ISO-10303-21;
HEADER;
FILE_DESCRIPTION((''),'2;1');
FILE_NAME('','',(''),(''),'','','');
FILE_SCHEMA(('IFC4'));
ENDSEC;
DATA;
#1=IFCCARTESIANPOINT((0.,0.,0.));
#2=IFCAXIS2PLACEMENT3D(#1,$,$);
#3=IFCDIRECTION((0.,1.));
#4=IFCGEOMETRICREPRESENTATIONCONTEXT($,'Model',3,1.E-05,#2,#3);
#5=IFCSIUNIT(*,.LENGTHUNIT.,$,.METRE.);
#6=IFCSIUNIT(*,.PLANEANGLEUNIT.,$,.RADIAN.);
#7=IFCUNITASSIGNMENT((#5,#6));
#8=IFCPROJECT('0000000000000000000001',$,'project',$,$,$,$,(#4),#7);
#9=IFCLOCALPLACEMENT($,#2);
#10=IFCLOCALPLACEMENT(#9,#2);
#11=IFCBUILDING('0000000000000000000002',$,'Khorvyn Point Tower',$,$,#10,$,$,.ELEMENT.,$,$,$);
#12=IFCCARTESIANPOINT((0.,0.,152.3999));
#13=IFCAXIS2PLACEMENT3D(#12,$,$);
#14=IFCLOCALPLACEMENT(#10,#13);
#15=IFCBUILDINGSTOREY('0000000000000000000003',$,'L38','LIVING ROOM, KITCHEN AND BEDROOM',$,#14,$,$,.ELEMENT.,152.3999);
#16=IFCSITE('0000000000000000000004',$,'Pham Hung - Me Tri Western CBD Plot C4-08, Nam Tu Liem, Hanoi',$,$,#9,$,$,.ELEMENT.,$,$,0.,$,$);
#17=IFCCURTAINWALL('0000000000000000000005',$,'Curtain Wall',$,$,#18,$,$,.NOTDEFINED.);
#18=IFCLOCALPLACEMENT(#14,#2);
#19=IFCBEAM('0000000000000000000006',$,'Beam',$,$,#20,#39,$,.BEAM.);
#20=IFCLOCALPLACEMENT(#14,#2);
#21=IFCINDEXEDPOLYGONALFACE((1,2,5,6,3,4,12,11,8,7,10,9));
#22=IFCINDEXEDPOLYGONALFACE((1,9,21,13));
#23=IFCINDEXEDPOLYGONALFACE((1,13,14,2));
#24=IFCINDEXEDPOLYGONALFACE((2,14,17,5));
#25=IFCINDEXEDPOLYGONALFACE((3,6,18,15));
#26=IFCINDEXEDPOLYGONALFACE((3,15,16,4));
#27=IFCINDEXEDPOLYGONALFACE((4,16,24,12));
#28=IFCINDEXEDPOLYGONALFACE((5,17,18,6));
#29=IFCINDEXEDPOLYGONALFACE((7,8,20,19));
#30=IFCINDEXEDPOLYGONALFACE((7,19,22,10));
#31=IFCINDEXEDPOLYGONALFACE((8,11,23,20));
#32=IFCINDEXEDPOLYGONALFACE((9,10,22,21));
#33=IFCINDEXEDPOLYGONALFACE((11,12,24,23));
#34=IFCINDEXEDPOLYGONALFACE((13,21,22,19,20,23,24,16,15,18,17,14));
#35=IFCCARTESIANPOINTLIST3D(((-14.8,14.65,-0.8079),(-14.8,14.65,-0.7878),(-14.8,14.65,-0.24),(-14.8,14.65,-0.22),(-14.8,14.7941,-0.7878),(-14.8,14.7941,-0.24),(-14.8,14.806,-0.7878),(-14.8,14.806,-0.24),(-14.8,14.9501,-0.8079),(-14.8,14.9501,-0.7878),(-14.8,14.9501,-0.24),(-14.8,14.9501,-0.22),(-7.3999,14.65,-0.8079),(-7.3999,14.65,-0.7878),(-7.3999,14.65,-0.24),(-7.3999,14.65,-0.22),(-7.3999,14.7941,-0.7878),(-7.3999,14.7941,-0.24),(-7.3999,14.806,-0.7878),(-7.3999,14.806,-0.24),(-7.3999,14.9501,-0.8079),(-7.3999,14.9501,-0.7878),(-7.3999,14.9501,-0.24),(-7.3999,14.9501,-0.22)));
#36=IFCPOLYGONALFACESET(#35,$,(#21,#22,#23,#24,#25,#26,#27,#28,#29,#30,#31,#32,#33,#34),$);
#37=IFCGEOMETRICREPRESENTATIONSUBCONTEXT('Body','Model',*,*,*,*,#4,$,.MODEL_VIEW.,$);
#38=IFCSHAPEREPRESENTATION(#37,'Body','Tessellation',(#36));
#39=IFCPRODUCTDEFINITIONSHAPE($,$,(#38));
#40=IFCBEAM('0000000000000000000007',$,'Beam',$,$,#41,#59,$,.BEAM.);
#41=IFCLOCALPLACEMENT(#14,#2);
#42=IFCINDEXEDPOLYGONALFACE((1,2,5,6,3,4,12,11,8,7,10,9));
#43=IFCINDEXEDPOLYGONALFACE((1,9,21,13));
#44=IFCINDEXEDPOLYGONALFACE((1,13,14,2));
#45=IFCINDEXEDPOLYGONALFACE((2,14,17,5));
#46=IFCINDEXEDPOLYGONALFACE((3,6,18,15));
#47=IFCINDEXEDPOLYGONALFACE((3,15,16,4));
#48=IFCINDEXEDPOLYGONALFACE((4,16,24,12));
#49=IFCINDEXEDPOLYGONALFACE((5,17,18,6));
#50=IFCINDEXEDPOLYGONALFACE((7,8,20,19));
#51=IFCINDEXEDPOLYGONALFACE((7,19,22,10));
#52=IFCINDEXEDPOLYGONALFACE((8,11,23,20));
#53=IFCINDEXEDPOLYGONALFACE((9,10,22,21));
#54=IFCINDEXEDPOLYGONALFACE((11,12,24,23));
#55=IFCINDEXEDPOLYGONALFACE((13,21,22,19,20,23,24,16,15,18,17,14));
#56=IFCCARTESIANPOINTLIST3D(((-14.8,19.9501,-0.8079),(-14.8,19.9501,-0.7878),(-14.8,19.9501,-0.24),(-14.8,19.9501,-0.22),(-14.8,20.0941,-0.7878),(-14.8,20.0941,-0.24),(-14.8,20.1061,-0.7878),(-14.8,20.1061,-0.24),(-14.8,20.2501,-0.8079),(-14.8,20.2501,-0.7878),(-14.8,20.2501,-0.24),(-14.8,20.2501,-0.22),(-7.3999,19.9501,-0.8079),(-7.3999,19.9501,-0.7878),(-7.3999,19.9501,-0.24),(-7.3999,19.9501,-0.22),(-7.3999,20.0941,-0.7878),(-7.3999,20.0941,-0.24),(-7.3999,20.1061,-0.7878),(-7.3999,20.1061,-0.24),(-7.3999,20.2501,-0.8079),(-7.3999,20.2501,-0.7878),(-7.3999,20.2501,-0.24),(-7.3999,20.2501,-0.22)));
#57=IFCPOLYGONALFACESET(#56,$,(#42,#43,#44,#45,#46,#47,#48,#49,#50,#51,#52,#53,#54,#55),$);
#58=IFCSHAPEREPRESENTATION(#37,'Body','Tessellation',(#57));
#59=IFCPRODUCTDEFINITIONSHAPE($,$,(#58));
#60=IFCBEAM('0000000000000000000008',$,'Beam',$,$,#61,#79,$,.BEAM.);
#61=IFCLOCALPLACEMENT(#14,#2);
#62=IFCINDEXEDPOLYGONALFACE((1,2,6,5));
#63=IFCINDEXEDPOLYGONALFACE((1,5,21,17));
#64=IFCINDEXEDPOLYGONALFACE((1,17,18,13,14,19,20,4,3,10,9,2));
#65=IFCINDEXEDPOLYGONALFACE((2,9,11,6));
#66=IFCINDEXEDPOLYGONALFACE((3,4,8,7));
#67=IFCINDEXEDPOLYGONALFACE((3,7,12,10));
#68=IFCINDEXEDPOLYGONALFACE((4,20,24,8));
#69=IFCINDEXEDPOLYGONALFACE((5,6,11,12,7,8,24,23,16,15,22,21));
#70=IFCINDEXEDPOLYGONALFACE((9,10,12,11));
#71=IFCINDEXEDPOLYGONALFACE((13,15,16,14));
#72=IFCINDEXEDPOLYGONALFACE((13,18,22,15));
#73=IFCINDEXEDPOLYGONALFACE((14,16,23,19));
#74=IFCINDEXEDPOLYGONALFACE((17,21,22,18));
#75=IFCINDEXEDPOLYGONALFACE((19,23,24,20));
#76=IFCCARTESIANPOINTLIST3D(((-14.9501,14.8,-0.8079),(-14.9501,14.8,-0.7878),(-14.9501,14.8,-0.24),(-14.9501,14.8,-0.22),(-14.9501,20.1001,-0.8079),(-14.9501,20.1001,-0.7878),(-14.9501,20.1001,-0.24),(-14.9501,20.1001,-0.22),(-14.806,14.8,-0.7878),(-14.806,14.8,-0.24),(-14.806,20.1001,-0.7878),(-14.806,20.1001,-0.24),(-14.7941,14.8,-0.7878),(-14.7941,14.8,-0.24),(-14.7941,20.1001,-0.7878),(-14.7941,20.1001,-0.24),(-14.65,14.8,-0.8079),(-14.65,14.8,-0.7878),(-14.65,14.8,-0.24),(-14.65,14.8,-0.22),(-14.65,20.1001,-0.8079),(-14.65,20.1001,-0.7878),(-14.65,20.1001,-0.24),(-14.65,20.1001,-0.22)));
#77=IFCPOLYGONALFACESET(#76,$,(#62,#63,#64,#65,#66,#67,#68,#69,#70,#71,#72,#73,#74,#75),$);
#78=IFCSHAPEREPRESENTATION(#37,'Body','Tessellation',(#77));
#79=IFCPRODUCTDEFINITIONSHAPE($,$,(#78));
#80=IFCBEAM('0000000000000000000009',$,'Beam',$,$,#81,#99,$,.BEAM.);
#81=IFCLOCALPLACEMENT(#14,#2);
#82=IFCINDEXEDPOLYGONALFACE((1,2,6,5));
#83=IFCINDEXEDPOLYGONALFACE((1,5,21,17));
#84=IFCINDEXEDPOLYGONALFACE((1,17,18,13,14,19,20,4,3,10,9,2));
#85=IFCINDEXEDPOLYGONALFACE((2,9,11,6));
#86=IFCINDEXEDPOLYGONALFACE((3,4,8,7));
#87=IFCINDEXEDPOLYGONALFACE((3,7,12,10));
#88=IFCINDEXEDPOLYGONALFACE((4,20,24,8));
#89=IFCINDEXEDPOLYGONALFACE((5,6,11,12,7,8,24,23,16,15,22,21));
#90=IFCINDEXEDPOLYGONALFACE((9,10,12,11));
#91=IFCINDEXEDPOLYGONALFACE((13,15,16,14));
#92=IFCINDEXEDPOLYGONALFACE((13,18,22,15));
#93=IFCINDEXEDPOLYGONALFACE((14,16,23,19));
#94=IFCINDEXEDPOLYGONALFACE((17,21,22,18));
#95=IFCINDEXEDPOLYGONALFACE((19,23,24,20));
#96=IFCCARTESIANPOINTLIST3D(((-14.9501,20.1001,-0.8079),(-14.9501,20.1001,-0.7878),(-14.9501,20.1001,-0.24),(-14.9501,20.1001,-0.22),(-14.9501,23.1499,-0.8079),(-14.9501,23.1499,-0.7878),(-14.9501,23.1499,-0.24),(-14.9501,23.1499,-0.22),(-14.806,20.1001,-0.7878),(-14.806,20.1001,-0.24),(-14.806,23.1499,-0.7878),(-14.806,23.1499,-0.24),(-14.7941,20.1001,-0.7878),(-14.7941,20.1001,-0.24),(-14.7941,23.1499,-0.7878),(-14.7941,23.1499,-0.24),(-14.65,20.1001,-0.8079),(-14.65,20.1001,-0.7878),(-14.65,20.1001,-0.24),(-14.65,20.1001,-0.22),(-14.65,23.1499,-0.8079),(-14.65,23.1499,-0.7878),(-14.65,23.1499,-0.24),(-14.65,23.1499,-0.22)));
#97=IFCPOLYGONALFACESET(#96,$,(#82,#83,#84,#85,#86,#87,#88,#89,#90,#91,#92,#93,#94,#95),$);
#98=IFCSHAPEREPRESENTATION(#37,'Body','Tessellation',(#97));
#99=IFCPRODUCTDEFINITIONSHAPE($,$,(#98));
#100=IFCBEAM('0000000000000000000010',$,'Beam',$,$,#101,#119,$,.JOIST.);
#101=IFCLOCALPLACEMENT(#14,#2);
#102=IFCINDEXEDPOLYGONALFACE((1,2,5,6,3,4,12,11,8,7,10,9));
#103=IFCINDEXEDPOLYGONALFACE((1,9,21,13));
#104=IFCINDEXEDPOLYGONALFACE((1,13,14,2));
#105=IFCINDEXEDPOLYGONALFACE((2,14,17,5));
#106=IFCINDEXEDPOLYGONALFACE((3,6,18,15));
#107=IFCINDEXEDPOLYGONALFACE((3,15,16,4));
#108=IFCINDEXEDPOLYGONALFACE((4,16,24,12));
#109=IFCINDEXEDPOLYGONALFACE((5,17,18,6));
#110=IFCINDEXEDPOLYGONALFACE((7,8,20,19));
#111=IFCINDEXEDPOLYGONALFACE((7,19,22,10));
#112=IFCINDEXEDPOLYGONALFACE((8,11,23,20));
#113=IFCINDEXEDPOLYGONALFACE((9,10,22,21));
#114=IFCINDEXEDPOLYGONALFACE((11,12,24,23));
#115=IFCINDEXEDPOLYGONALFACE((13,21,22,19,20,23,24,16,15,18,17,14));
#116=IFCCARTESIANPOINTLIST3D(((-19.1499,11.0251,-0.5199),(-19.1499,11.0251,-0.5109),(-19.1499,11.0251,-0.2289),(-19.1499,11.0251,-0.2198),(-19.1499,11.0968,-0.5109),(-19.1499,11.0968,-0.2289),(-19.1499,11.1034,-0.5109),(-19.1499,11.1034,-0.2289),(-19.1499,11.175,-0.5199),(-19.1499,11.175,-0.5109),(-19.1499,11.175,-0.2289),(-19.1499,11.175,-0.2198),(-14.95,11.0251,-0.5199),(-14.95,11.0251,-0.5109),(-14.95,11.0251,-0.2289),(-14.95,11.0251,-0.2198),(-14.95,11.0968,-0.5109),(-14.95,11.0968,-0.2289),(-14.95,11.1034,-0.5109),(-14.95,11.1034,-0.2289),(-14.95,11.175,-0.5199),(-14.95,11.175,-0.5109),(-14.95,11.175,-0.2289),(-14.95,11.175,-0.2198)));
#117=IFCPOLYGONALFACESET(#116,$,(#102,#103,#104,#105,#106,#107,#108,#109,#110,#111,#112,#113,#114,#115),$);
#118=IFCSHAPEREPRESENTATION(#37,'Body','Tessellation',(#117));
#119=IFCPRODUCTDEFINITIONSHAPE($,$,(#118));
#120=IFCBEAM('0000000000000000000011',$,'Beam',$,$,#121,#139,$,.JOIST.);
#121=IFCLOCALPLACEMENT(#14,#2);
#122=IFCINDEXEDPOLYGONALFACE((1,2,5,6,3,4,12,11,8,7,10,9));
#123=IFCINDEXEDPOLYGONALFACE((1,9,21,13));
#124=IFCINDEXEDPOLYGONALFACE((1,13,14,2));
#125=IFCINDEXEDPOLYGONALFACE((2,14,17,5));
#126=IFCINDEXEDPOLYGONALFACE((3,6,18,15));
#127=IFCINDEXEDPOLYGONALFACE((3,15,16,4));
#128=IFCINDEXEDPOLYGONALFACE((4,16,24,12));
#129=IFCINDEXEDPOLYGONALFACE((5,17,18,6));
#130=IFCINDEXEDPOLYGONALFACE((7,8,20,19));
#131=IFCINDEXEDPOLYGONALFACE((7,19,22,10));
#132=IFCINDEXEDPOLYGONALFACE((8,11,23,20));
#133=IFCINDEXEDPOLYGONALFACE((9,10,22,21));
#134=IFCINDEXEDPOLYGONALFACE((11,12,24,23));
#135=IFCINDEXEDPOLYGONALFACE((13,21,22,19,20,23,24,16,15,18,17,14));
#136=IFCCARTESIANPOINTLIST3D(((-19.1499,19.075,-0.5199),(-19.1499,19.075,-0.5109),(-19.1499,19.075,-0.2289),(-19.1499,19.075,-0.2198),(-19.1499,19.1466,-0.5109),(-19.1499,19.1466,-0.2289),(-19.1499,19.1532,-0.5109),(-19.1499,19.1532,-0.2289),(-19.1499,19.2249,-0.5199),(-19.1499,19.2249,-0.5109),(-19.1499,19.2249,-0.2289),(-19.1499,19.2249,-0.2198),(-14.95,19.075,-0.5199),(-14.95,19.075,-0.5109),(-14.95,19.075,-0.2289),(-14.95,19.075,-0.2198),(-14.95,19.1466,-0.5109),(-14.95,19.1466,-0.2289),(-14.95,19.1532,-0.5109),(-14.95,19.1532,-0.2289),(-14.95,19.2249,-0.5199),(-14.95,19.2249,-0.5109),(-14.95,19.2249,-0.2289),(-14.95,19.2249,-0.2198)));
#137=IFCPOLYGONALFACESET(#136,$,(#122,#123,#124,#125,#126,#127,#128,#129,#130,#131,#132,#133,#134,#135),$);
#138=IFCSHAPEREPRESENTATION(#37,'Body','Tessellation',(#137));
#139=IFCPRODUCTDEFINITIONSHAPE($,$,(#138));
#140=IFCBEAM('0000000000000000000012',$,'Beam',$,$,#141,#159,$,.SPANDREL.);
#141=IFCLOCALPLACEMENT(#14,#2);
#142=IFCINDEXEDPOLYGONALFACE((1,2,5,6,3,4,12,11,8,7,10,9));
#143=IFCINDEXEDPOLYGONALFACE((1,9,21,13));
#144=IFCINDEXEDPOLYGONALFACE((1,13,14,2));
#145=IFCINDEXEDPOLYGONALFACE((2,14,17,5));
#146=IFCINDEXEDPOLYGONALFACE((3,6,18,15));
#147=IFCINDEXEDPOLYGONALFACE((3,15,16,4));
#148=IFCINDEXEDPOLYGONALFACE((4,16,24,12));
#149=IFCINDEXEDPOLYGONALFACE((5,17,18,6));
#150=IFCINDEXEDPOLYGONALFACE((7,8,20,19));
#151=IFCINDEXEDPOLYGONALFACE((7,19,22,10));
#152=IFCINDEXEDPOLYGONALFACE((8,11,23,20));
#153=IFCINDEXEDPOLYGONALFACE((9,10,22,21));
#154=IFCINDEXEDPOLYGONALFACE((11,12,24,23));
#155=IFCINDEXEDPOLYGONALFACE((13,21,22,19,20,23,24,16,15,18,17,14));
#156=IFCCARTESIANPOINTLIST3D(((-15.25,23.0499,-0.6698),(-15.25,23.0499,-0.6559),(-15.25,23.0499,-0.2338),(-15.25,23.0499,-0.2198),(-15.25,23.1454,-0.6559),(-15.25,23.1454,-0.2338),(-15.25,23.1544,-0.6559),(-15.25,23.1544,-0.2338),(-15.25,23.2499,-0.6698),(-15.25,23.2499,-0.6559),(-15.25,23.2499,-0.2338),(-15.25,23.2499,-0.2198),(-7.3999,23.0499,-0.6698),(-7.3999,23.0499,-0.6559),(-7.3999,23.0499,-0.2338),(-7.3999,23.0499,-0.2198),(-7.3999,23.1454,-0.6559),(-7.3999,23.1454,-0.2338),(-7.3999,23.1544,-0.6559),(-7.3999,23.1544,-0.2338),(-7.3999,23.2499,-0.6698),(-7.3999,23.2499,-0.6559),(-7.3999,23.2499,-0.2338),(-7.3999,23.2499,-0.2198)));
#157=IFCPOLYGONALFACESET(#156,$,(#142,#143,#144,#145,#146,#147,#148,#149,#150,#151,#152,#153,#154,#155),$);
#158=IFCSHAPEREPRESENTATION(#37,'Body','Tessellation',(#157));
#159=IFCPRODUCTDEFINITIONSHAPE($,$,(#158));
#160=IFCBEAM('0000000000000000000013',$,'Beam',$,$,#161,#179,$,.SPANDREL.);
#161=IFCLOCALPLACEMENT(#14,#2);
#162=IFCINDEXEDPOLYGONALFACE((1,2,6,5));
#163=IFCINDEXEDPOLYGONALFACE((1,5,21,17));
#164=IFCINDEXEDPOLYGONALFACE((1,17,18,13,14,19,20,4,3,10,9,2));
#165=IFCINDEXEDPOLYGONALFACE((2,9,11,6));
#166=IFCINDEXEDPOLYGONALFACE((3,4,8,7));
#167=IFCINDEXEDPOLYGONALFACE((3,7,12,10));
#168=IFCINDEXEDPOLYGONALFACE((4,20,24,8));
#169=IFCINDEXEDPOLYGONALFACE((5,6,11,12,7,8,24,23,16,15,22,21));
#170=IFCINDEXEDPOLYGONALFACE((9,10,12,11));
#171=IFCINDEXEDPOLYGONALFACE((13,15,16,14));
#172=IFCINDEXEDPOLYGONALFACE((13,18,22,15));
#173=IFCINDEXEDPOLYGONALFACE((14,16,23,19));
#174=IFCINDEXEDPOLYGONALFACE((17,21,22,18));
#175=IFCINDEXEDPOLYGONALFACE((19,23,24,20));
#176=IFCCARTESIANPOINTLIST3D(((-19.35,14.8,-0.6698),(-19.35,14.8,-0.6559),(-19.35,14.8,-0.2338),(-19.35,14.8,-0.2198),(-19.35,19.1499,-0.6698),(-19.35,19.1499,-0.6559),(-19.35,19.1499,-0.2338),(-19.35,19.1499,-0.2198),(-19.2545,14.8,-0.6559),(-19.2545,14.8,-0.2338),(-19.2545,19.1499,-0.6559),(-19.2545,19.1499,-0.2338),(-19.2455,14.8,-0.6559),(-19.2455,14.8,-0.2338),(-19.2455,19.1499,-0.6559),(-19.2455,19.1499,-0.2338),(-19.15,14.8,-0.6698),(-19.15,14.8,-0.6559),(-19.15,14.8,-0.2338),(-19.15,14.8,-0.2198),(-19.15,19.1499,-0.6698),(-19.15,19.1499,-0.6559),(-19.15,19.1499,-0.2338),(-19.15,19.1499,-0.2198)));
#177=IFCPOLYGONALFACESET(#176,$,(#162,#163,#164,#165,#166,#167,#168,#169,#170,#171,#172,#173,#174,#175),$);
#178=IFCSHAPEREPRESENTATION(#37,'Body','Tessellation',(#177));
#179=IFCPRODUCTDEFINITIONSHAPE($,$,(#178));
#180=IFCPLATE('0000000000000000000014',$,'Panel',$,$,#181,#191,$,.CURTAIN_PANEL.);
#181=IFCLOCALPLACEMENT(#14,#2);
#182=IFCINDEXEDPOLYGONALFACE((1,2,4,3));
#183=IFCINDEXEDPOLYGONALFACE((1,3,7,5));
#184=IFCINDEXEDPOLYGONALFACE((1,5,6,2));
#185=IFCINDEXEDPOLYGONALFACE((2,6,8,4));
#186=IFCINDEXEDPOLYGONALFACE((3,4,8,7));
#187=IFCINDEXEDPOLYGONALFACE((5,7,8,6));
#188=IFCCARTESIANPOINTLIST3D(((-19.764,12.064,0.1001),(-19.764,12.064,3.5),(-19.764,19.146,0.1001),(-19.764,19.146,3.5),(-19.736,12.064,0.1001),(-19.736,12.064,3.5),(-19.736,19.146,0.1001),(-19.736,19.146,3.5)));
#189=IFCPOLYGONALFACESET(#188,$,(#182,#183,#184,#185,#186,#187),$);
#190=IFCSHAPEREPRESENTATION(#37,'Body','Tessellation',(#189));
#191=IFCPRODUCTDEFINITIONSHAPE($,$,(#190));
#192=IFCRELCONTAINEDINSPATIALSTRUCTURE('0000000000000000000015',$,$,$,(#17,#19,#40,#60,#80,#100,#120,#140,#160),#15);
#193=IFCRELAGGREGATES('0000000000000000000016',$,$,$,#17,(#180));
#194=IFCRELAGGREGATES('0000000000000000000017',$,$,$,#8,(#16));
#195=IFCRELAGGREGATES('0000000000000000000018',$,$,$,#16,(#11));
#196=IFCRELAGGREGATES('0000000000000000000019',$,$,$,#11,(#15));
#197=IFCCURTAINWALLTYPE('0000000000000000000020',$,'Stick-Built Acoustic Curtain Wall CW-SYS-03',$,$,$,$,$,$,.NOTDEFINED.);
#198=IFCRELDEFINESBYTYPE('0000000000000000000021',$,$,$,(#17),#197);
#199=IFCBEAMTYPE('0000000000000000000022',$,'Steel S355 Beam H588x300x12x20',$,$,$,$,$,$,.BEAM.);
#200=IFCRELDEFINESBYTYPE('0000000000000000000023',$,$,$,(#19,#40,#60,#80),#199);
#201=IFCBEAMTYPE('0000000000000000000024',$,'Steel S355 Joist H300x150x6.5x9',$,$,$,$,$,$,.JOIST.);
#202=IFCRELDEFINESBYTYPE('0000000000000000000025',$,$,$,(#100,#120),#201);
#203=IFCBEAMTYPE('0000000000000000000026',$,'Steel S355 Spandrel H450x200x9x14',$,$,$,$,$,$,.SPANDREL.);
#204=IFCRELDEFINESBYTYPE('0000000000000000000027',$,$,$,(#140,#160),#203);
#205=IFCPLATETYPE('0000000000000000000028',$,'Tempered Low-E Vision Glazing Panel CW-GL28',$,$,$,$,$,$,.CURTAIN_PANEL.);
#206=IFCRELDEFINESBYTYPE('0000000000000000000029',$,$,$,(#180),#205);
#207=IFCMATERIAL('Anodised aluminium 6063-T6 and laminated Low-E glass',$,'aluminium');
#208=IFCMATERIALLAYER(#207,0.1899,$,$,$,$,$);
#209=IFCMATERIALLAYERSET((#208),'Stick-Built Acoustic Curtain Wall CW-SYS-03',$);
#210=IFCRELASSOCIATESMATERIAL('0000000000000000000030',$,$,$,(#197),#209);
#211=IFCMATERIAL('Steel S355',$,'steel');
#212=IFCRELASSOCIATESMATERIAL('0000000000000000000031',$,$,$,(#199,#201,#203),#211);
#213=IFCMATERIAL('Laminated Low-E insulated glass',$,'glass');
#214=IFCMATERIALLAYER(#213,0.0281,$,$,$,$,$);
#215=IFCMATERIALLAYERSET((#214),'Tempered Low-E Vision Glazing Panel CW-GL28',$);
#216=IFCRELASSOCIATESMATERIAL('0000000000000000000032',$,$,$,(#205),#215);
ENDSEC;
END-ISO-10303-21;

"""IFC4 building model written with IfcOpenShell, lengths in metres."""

from ifc_helpers import new_model, si_unit, direction, frame, origin, origin_2d, place, context, subcontext, project, spatial, rectangle, i_section, extrude, material, layer, layer_set, material_profile, profile_set, type_object, element, aggregate, save


model = new_model("IFC4")

# Units and contexts
model_context = context("Model", 3, precision=1e-05, world=origin(), true_north=direction((0.0, 1.0)))
body_context = subcontext(model_context, "Body", "Model", "MODEL_VIEW")
ifc_project = project(units=[si_unit("LENGTHUNIT", "METRE"), si_unit("PLANEANGLEUNIT", "RADIAN")], contexts=[model_context])

# Site, building, storey
site_placement = place(None, origin())
site = spatial("IfcSite", under=ifc_project, at=site_placement, Name="Pham Hung - Me Tri Western CBD Plot C4-08, Nam Tu Liem, Hanoi", CompositionType="ELEMENT", RefElevation=0.0)
building_placement = place(site_placement, origin())
building = spatial("IfcBuilding", under=site, at=building_placement, Name="Khorvyn Point Tower", CompositionType="ELEMENT")
storey_placement = place(building_placement, frame((0.0, 0.0, 152.3999)))
storey = spatial("IfcBuildingStorey", under=building, at=storey_placement, Name="L38", Description="LIVING ROOM, KITCHEN AND BEDROOM", CompositionType="ELEMENT", Elevation=152.3999)

# Curtain wall
ifc_material_1 = material(Name="Anodised aluminium 6063-T6 and laminated Low-E glass", Category="aluminium")
ifc_layer_1 = layer(ifc_material_1, 0.1899)
ifc_layer_set_1 = layer_set([ifc_layer_1], Name="Stick-Built Acoustic Curtain Wall CW-SYS-03")
curtain_wall_type = type_object("IfcCurtainWallType", Name="Stick-Built Acoustic Curtain Wall CW-SYS-03", PredefinedType="NOTDEFINED", material=ifc_layer_set_1)
curtain_wall_1_placement = place(storey_placement, origin())
curtain_wall_1 = element("IfcCurtainWall", 1, at=curtain_wall_1_placement, inside=storey, type_object=curtain_wall_type, Name="Curtain Wall", PredefinedType="NOTDEFINED")

# Beams
ifc_material_2 = material(Name="Steel S355", Category="steel")
ifc_material_profile_1 = material_profile(ifc_material_2, i_section(OverallWidth=0.3, OverallDepth=0.5879, WebThickness=0.012, FlangeThickness=0.02, at=origin_2d()))
ifc_profile_set_1 = profile_set([ifc_material_profile_1], Name="Steel S355 H588x300x12x20")
beam_type_1 = type_object("IfcBeamType", Name="Steel S355 Beam H588x300x12x20", PredefinedType="BEAM", material=ifc_profile_set_1)
for number, where, z_axis, x_axis, name in (
    (2, (-14.8, 14.8, -0.5139), (1.0, 0.0, 0.0), (0.0, 1.0, 0.0), "Beam"),
    (3, (-14.8, 20.1001, -0.5139), (1.0, 0.0, 0.0), (0.0, 1.0, 0.0), "Beam"),
):
    element("IfcBeam", number, at=place(storey_placement, frame(where, z_axis=z_axis, x_axis=x_axis)), inside=storey, type_object=beam_type_1, Name=name, PredefinedType="BEAM", context=body_context, shape_type="SweptSolid", body=[
        extrude(i_section(OverallWidth=0.3, OverallDepth=0.5879, WebThickness=0.012, FlangeThickness=0.02, at=origin_2d()), origin(), (0.0, 0.0, 1.0), 7.4001),
    ])
beam_1_placement = place(storey_placement, frame((-14.8, 14.8, -0.5139), z_axis=(0.0, 1.0, 0.0), x_axis=(-1.0, 0.0, 0.0)))
element("IfcBeam", 4, at=beam_1_placement, inside=storey, type_object=beam_type_1, Name="Beam", PredefinedType="BEAM", context=body_context, shape_type="SweptSolid", body=[
    extrude(i_section(OverallWidth=0.3, OverallDepth=0.5879, WebThickness=0.012, FlangeThickness=0.02, at=origin_2d()), origin(), (0.0, 0.0, 1.0), 5.3),
])
beam_2_placement = place(storey_placement, frame((-14.8, 20.1001, -0.5139), z_axis=(0.0, 1.0, 0.0), x_axis=(-1.0, 0.0, 0.0)))
element("IfcBeam", 5, at=beam_2_placement, inside=storey, type_object=beam_type_1, Name="Beam", PredefinedType="BEAM", context=body_context, shape_type="SweptSolid", body=[
    extrude(i_section(OverallWidth=0.3, OverallDepth=0.5879, WebThickness=0.012, FlangeThickness=0.02, at=origin_2d()), origin(), (0.0, 0.0, 1.0), 3.0498),
])
ifc_material_profile_2 = material_profile(ifc_material_2, i_section(OverallWidth=0.1499, OverallDepth=0.3, WebThickness=0.0066, FlangeThickness=0.009, at=origin_2d()))
ifc_profile_set_2 = profile_set([ifc_material_profile_2], Name="Steel S355 H300x150x6.5x9")
beam_type_2 = type_object("IfcBeamType", Name="Steel S355 Joist H300x150x6.5x9", PredefinedType="JOIST", material=ifc_profile_set_2)
for number, where, z_axis, x_axis, name in (
    (6, (-19.1499, 11.1001, -0.3699), (1.0, 0.0, 0.0), (0.0, 1.0, 0.0), "Beam"),
    (7, (-19.1499, 19.1499, -0.3699), (1.0, 0.0, 0.0), (0.0, 1.0, 0.0), "Beam"),
):
    element("IfcBeam", number, at=place(storey_placement, frame(where, z_axis=z_axis, x_axis=x_axis)), inside=storey, type_object=beam_type_2, Name=name, PredefinedType="JOIST", context=body_context, shape_type="SweptSolid", body=[
        extrude(i_section(OverallWidth=0.1499, OverallDepth=0.3, WebThickness=0.0066, FlangeThickness=0.009, at=origin_2d()), origin(), (0.0, 0.0, 1.0), 4.2),
    ])
ifc_material_profile_3 = material_profile(ifc_material_2, i_section(OverallWidth=0.2, OverallDepth=0.45, WebThickness=0.009, FlangeThickness=0.0139, at=origin_2d()))
ifc_profile_set_3 = profile_set([ifc_material_profile_3], Name="Steel S355 H450x200x9x14")
beam_type_3 = type_object("IfcBeamType", Name="Steel S355 Spandrel H450x200x9x14", PredefinedType="SPANDREL", material=ifc_profile_set_3)
beam_3_placement = place(storey_placement, frame((-15.25, 23.1499, -0.4448), z_axis=(1.0, 0.0, 0.0), x_axis=(0.0, 1.0, 0.0)))
element("IfcBeam", 8, at=beam_3_placement, inside=storey, type_object=beam_type_3, Name="Beam", PredefinedType="SPANDREL", context=body_context, shape_type="SweptSolid", body=[
    extrude(i_section(OverallWidth=0.2, OverallDepth=0.45, WebThickness=0.009, FlangeThickness=0.0139, at=origin_2d()), origin(), (0.0, 0.0, 1.0), 7.8501),
])
beam_4_placement = place(storey_placement, frame((-19.25, 14.8, -0.4448), z_axis=(0.0, 1.0, 0.0), x_axis=(-1.0, 0.0, 0.0)))
element("IfcBeam", 9, at=beam_4_placement, inside=storey, type_object=beam_type_3, Name="Beam", PredefinedType="SPANDREL", context=body_context, shape_type="SweptSolid", body=[
    extrude(i_section(OverallWidth=0.2, OverallDepth=0.45, WebThickness=0.009, FlangeThickness=0.0139, at=origin_2d()), origin(), (0.0, 0.0, 1.0), 4.3499),
])

# Plate
ifc_material_3 = material(Name="Laminated Low-E insulated glass", Category="glass")
ifc_layer_2 = layer(ifc_material_3, 0.0281)
ifc_layer_set_2 = layer_set([ifc_layer_2], Name="Tempered Low-E Vision Glazing Panel CW-GL28")
plate_type = type_object("IfcPlateType", Name="Tempered Low-E Vision Glazing Panel CW-GL28", PredefinedType="CURTAIN_PANEL", material=ifc_layer_set_2)
plate_placement = place(storey_placement, frame((-19.75, 15.605, 0.1001), z_axis=(0.0, 0.0, 1.0), x_axis=(0.0, 1.0, 0.0)))
plate = element("IfcPlate", 10, at=plate_placement, type_object=plate_type, Name="Panel", PredefinedType="CURTAIN_PANEL", context=body_context, shape_type="SweptSolid", body=[
    extrude(rectangle(XDim=7.082, YDim=0.0281, at=origin_2d()), origin(), (0.0, 0.0, 1.0), 3.3999),
])
aggregate(curtain_wall_1, [plate])

save(model, "model.ifc")
